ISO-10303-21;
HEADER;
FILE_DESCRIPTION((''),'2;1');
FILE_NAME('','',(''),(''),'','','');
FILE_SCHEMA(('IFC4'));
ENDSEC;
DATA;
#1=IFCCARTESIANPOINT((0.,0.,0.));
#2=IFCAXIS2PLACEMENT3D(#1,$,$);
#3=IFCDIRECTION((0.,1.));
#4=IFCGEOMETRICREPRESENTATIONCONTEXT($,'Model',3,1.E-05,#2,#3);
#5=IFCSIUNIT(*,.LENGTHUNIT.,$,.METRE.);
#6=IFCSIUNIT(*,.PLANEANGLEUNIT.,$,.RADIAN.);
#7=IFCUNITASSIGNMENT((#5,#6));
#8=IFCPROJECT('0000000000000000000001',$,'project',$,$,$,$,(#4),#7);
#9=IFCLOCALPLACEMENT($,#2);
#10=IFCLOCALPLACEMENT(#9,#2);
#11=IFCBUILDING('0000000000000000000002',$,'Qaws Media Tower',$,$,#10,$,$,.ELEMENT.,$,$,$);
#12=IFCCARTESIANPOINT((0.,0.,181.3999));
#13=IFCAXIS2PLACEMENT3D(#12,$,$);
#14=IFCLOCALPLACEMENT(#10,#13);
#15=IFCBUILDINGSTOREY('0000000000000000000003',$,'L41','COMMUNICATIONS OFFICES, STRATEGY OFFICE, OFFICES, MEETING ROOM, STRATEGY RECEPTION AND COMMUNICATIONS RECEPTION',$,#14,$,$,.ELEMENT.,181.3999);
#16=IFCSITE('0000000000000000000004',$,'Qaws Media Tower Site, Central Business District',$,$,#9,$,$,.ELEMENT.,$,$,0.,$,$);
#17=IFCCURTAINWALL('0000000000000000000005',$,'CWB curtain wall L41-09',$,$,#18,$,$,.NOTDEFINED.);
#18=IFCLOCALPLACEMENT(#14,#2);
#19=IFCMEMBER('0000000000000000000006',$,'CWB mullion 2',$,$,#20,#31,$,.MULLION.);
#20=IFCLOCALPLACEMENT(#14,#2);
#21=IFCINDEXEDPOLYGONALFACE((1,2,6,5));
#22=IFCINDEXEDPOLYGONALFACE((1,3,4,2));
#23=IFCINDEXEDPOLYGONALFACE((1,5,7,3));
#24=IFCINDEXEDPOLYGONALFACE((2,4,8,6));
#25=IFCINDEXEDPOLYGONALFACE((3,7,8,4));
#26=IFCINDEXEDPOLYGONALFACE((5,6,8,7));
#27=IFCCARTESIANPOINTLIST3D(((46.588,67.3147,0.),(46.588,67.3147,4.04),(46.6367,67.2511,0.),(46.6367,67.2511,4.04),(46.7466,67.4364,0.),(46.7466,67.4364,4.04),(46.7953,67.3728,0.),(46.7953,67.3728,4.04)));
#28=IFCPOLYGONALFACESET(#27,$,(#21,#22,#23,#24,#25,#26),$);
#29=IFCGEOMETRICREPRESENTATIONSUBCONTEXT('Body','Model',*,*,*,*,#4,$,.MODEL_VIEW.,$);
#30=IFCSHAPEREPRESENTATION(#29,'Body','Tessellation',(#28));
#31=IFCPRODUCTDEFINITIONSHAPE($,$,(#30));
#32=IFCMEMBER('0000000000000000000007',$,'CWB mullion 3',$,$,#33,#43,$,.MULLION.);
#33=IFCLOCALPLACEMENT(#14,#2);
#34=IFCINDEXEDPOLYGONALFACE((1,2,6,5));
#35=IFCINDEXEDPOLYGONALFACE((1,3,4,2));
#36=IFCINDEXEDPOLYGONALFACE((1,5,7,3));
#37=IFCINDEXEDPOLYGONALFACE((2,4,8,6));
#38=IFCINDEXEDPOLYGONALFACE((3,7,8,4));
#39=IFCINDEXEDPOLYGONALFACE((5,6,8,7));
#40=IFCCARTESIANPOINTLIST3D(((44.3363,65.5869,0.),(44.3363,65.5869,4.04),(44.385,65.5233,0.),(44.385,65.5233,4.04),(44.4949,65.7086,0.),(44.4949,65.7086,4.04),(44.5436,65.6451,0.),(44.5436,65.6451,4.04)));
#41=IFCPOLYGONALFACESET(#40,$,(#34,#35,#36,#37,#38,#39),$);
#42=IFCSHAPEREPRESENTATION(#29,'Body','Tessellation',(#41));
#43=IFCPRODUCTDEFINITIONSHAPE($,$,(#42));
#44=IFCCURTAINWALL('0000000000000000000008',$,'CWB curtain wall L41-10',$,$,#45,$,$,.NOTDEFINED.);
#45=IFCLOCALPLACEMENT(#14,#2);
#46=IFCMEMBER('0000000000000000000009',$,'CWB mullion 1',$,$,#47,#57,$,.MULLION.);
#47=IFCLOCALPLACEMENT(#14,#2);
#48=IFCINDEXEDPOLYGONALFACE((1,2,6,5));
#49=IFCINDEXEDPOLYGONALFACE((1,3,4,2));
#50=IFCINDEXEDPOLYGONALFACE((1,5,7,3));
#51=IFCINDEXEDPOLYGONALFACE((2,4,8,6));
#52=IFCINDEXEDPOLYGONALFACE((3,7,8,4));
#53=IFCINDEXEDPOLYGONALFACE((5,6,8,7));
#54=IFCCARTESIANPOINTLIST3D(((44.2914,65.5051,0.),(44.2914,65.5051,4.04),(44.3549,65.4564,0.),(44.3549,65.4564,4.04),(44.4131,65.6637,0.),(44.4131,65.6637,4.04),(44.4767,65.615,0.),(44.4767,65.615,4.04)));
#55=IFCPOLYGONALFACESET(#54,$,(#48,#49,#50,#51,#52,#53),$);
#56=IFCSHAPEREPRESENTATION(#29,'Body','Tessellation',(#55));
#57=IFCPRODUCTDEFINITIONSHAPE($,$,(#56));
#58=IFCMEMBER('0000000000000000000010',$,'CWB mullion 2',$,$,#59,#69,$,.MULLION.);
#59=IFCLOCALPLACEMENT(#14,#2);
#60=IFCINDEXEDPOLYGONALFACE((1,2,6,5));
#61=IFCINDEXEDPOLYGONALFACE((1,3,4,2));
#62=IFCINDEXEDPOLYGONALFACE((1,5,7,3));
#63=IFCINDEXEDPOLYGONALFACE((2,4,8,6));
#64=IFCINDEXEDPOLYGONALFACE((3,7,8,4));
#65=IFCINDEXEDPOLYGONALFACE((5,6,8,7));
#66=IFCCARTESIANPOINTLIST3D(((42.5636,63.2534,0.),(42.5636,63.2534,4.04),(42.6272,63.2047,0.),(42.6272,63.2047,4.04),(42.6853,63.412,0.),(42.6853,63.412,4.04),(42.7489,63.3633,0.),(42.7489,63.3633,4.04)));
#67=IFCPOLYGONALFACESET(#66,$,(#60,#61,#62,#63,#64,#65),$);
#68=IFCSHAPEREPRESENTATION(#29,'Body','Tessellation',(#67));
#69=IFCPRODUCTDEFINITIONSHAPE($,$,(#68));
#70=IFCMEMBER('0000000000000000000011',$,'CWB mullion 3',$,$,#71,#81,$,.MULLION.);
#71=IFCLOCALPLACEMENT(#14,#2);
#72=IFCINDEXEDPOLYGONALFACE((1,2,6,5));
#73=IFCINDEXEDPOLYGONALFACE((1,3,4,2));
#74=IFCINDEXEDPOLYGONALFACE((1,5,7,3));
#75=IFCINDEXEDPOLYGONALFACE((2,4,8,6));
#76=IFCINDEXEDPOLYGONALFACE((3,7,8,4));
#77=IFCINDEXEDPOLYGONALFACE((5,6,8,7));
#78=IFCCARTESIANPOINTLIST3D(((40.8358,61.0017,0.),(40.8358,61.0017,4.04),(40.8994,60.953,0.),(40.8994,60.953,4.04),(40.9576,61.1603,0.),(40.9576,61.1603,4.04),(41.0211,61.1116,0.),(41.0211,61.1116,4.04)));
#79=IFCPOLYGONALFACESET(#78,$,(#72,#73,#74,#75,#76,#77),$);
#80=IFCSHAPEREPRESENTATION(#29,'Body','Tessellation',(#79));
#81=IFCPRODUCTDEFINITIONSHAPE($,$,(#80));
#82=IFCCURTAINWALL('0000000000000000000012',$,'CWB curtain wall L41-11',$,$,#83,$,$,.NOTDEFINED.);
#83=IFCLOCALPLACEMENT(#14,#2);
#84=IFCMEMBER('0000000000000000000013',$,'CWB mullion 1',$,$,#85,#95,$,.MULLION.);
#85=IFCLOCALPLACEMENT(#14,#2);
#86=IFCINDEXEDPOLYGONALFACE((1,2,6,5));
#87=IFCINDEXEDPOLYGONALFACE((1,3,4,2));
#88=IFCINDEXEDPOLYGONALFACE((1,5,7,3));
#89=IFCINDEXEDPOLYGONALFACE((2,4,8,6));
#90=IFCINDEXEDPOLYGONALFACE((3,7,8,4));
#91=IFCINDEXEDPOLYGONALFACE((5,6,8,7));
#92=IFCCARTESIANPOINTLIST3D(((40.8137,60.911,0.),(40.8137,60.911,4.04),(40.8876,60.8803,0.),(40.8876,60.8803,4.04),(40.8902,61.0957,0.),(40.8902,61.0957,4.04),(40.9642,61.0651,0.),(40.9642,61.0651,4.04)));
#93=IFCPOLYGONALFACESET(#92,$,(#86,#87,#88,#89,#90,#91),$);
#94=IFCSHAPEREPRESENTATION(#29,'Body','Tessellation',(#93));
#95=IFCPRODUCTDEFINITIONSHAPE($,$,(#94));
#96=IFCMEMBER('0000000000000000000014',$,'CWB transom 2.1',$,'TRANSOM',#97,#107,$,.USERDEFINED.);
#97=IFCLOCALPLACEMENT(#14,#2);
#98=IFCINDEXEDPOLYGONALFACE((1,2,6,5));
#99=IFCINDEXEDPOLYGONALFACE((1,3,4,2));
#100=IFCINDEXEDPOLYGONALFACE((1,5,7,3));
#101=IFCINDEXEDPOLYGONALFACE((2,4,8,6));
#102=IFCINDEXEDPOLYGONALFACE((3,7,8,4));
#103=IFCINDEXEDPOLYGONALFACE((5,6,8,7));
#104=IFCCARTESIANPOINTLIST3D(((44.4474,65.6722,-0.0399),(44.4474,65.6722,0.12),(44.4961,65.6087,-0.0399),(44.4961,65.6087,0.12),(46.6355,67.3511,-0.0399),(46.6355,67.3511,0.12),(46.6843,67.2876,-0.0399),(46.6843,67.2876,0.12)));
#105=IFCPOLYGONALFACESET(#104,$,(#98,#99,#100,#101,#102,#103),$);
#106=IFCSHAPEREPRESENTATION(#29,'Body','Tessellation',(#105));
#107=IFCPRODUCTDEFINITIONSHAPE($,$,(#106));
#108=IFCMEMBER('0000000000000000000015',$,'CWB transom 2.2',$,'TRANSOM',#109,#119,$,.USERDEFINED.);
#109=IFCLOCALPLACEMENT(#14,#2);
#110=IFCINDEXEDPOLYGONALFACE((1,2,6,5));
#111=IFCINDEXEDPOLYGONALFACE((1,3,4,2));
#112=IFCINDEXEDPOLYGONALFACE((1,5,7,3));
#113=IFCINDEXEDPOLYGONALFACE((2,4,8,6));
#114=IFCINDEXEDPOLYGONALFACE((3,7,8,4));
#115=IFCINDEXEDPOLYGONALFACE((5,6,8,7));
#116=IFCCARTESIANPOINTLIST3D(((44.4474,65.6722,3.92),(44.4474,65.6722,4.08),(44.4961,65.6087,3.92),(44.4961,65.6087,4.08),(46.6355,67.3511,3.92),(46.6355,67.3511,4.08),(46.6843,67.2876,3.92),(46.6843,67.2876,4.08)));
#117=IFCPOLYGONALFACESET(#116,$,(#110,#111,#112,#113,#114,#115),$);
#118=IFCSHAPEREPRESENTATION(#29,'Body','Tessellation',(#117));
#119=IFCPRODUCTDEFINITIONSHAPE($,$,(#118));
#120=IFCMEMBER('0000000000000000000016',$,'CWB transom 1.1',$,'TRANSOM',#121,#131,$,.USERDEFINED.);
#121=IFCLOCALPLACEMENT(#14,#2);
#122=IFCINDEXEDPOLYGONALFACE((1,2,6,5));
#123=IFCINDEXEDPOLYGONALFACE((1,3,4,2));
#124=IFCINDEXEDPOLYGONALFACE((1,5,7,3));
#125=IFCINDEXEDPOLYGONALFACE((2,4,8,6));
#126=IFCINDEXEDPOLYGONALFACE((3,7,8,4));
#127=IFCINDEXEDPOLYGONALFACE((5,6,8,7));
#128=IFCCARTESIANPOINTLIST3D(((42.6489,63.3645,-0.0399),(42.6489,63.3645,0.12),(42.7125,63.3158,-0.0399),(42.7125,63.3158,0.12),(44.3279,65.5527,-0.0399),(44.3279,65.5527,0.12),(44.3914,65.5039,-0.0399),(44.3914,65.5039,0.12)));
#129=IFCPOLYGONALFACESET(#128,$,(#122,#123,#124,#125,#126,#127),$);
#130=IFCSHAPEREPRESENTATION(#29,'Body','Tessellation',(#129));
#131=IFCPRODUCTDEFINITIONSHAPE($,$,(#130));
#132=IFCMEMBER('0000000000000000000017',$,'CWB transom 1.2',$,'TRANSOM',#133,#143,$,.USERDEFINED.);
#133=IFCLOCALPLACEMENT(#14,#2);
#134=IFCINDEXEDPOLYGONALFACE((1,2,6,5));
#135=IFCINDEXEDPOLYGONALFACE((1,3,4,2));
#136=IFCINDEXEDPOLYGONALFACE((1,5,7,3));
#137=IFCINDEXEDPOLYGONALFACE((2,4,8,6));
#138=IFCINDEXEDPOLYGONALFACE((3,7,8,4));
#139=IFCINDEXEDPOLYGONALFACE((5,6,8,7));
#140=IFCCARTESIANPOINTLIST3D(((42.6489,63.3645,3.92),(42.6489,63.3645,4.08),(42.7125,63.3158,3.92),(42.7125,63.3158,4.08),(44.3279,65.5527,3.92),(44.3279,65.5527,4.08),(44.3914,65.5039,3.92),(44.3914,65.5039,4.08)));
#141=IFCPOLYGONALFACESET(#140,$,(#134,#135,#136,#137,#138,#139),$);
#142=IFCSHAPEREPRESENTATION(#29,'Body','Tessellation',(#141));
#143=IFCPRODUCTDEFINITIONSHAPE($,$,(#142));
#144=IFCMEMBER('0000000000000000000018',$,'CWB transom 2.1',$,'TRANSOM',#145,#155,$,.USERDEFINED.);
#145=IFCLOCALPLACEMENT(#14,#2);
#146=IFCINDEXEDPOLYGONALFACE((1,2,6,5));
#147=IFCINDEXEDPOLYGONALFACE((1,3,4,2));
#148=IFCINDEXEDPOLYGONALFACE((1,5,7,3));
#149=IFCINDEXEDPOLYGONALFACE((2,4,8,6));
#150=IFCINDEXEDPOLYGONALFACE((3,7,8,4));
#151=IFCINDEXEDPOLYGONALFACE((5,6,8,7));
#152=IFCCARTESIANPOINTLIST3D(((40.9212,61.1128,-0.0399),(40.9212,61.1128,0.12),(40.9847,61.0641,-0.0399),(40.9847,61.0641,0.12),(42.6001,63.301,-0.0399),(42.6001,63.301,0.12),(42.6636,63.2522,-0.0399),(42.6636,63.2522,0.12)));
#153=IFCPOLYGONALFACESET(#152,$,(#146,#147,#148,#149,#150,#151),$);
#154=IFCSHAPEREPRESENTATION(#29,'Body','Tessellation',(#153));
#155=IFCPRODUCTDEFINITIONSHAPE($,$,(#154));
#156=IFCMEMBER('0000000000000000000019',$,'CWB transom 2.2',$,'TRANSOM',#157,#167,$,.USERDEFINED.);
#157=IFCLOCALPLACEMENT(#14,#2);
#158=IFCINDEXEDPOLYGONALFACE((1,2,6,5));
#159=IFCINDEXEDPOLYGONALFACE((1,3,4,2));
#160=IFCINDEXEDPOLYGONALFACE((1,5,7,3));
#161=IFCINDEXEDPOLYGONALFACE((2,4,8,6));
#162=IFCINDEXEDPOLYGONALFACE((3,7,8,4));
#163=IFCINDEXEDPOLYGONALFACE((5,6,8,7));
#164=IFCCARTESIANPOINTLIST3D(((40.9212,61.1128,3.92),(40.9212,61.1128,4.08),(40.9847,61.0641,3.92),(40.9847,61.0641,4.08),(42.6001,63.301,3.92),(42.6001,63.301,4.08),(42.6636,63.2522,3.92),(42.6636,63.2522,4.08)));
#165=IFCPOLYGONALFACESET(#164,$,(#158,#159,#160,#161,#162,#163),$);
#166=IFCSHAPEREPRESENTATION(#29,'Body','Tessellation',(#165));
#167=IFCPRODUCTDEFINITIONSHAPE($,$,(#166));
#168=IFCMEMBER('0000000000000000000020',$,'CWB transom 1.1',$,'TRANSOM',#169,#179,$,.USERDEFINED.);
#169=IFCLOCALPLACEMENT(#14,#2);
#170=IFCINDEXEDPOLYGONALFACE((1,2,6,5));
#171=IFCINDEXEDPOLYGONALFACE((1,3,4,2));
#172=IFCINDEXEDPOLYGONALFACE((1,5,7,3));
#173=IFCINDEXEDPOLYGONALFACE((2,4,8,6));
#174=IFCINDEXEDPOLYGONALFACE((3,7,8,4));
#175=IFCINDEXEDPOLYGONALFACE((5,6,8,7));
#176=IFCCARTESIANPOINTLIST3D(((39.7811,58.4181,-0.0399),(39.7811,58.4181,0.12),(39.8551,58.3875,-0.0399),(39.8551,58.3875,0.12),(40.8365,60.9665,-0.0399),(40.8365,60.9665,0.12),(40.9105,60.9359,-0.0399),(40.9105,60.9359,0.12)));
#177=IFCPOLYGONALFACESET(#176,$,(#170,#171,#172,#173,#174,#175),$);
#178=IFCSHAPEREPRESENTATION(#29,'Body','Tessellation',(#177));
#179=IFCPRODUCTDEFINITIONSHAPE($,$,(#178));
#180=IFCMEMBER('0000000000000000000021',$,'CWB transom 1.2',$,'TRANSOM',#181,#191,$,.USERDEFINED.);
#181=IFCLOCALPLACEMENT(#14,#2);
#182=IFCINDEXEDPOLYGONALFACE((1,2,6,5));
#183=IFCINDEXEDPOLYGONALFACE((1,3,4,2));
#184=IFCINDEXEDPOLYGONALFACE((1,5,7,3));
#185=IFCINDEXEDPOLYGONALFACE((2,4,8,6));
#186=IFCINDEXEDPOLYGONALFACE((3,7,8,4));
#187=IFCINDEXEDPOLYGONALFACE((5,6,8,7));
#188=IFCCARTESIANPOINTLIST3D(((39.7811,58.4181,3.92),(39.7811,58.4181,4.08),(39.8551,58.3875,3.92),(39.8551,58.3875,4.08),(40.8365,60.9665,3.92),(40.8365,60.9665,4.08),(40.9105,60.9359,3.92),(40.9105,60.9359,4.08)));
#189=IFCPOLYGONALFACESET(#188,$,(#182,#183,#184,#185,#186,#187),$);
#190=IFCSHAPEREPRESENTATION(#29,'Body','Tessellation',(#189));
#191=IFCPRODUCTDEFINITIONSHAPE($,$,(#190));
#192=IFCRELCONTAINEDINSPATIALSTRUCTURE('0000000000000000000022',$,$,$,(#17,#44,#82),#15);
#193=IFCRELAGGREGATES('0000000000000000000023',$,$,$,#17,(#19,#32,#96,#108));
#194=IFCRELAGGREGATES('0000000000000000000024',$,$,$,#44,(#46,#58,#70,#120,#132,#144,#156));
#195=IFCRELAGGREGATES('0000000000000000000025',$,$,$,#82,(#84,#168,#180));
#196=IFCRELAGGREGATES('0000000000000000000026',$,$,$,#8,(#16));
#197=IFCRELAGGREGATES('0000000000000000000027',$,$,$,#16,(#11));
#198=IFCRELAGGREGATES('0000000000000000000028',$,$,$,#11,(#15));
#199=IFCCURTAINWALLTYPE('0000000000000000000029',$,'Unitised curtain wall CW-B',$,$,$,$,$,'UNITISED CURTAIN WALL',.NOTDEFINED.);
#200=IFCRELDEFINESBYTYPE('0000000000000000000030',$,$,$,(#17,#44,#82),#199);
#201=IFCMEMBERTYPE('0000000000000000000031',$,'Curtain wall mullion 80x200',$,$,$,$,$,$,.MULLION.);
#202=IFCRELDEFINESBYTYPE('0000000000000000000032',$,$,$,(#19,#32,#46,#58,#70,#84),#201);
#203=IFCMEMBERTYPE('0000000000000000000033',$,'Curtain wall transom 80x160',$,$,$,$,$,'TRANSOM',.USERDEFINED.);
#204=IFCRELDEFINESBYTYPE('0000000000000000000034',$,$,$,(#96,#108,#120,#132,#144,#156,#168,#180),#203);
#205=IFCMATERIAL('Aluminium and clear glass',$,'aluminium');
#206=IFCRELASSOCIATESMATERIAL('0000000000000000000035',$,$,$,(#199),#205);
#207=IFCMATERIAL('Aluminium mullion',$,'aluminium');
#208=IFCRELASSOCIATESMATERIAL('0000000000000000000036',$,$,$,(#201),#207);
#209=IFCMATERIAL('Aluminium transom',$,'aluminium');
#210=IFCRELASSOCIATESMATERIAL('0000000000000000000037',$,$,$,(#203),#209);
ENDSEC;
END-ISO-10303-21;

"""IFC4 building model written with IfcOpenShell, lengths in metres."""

from ifc_helpers import new_model, si_unit, direction, frame, origin, origin_2d, place, context, subcontext, project, spatial, rectangle, extrude, material, material_profile, profile_set, type_object, element, aggregate, save


model = new_model("IFC4")

# Units and contexts
model_context = context("Model", 3, precision=1e-05, world=origin(), true_north=direction((0.0, 1.0)))
body_context = subcontext(model_context, "Body", "Model", "MODEL_VIEW")
ifc_project = project(units=[si_unit("LENGTHUNIT", "METRE"), si_unit("PLANEANGLEUNIT", "RADIAN")], contexts=[model_context])

# Site, building, storey
site_placement = place(None, origin())
site = spatial("IfcSite", under=ifc_project, at=site_placement, Name="Qaws Media Tower Site, Central Business District", CompositionType="ELEMENT", RefElevation=0.0)
building_placement = place(site_placement, origin())
building = spatial("IfcBuilding", under=site, at=building_placement, Name="Qaws Media Tower", CompositionType="ELEMENT")
storey_placement = place(building_placement, frame((0.0, 0.0, 181.3999)))
storey = spatial("IfcBuildingStorey", under=building, at=storey_placement, Name="L41", Description="COMMUNICATIONS OFFICES, STRATEGY OFFICE, OFFICES, MEETING ROOM, STRATEGY RECEPTION AND COMMUNICATIONS RECEPTION", CompositionType="ELEMENT", Elevation=181.3999)

# Curtain walls, members
ifc_material_1 = material(Name="Aluminium and clear glass", Category="aluminium")
curtain_wall_type = type_object("IfcCurtainWallType", Name="Unitised curtain wall CW-B", ElementType="UNITISED CURTAIN WALL", PredefinedType="NOTDEFINED", material=ifc_material_1)
curtain_wall_1_placement = place(storey_placement, origin())
curtain_wall_1 = element("IfcCurtainWall", 1, at=curtain_wall_1_placement, inside=storey, type_object=curtain_wall_type, Name="CWB curtain wall L41-09", PredefinedType="NOTDEFINED")
ifc_material_2 = material(Name="Aluminium mullion", Category="aluminium")
ifc_material_profile_1 = material_profile(ifc_material_2, rectangle(XDim=0.0801, YDim=0.2, at=origin_2d()), Name="80x200")
ifc_profile_set_1 = profile_set([ifc_material_profile_1], Name="Aluminium mullion")
member_type_1 = type_object("IfcMemberType", Name="Curtain wall mullion 80x200", PredefinedType="MULLION", material=ifc_profile_set_1)
member_1_placement = place(storey_placement, frame((46.6917, 67.3438, 0.0), z_axis=(0.0, 0.0, 1.0), x_axis=(0.608761, -0.793353, 0.0)))
member_1 = element("IfcMember", 2, at=member_1_placement, type_object=member_type_1, Name="CWB mullion 2", PredefinedType="MULLION", context=body_context, shape_type="SweptSolid", body=[
    extrude(rectangle(XDim=0.0801, YDim=0.2, at=origin_2d()), origin(), (0.0, 0.0, 1.0), 4.04),
])
member_2_placement = place(storey_placement, frame((44.4399, 65.616, 0.0), z_axis=(0.0, 0.0, 1.0), x_axis=(0.608761, -0.793353, 0.0)))
member_2 = element("IfcMember", 3, at=member_2_placement, type_object=member_type_1, Name="CWB mullion 3", PredefinedType="MULLION", context=body_context, shape_type="SweptSolid", body=[
    extrude(rectangle(XDim=0.0801, YDim=0.2, at=origin_2d()), origin(), (0.0, 0.0, 1.0), 4.04),
])
curtain_wall_2_placement = place(storey_placement, origin())
curtain_wall_2 = element("IfcCurtainWall", 4, at=curtain_wall_2_placement, inside=storey, type_object=curtain_wall_type, Name="CWB curtain wall L41-10", PredefinedType="NOTDEFINED")
member_3_placement = place(storey_placement, frame((44.384, 65.5601, 0.0), z_axis=(0.0, 0.0, 1.0), x_axis=(0.793353, -0.608761, 0.0)))
member_3 = element("IfcMember", 5, at=member_3_placement, type_object=member_type_1, Name="CWB mullion 1", PredefinedType="MULLION", context=body_context, shape_type="SweptSolid", body=[
    extrude(rectangle(XDim=0.0801, YDim=0.2, at=origin_2d()), origin(), (0.0, 0.0, 1.0), 4.04),
])
member_4_placement = place(storey_placement, frame((42.6562, 63.3083, 0.0), z_axis=(0.0, 0.0, 1.0), x_axis=(0.793353, -0.608761, 0.0)))
member_4 = element("IfcMember", 6, at=member_4_placement, type_object=member_type_1, Name="CWB mullion 2", PredefinedType="MULLION", context=body_context, shape_type="SweptSolid", body=[
    extrude(rectangle(XDim=0.0801, YDim=0.2, at=origin_2d()), origin(), (0.0, 0.0, 1.0), 4.04),
])
member_5_placement = place(storey_placement, frame((40.9285, 61.0566, 0.0), z_axis=(0.0, 0.0, 1.0), x_axis=(0.793353, -0.608761, 0.0)))
member_5 = element("IfcMember", 7, at=member_5_placement, type_object=member_type_1, Name="CWB mullion 3", PredefinedType="MULLION", context=body_context, shape_type="SweptSolid", body=[
    extrude(rectangle(XDim=0.0801, YDim=0.2, at=origin_2d()), origin(), (0.0, 0.0, 1.0), 4.04),
])

# Curtain wall, member
curtain_wall_3_placement = place(storey_placement, origin())
curtain_wall_3 = element("IfcCurtainWall", 8, at=curtain_wall_3_placement, inside=storey, type_object=curtain_wall_type, Name="CWB curtain wall L41-11", PredefinedType="NOTDEFINED")
member_6_placement = place(storey_placement, frame((40.8889, 60.988, 0.0), z_axis=(0.0, 0.0, 1.0), x_axis=(0.92388, -0.382683, 0.0)))
member_6 = element("IfcMember", 9, at=member_6_placement, type_object=member_type_1, Name="CWB mullion 1", PredefinedType="MULLION", context=body_context, shape_type="SweptSolid", body=[
    extrude(rectangle(XDim=0.0801, YDim=0.2, at=origin_2d()), origin(), (0.0, 0.0, 1.0), 4.04),
])

# Members
ifc_material_3 = material(Name="Aluminium transom", Category="aluminium")
ifc_material_profile_2 = material_profile(ifc_material_3, rectangle(XDim=0.0801, YDim=0.1599, at=origin_2d()), Name="80x160")
ifc_profile_set_2 = profile_set([ifc_material_profile_2], Name="Aluminium transom")
member_type_2 = type_object("IfcMemberType", Name="Curtain wall transom 80x160", ElementType="TRANSOM", PredefinedType="USERDEFINED", material=ifc_profile_set_2)
member_7_placement = place(storey_placement, frame((46.6599, 67.3193, 0.04), z_axis=(-0.793377, -0.608731, 0.0), x_axis=(0.608731, -0.793377, 0.0)))
member_7 = element("IfcMember", 10, at=member_7_placement, type_object=member_type_2, Name="CWB transom 2.1", ObjectType="TRANSOM", PredefinedType="USERDEFINED", context=body_context, shape_type="SweptSolid", body=[
    extrude(rectangle(XDim=0.0801, YDim=0.1599, at=origin_2d()), origin(), (0.0, 0.0, 1.0), 2.7581),
])
member_8_placement = place(storey_placement, frame((46.6599, 67.3193, 4.0), z_axis=(-0.793377, -0.608731, 0.0), x_axis=(0.608731, -0.793377, 0.0)))
member_8 = element("IfcMember", 11, at=member_8_placement, type_object=member_type_2, Name="CWB transom 2.2", ObjectType="TRANSOM", PredefinedType="USERDEFINED", context=body_context, shape_type="SweptSolid", body=[
    extrude(rectangle(XDim=0.0801, YDim=0.1599, at=origin_2d()), origin(), (0.0, 0.0, 1.0), 2.7581),
])
member_9_placement = place(storey_placement, frame((44.3596, 65.5283, 0.04), z_axis=(-0.608731, -0.793377, 0.0), x_axis=(0.793377, -0.608731, 0.0)))
member_9 = element("IfcMember", 12, at=member_9_placement, type_object=member_type_2, Name="CWB transom 1.1", ObjectType="TRANSOM", PredefinedType="USERDEFINED", context=body_context, shape_type="SweptSolid", body=[
    extrude(rectangle(XDim=0.0801, YDim=0.1599, at=origin_2d()), origin(), (0.0, 0.0, 1.0), 2.7581),
])
member_10_placement = place(storey_placement, frame((44.3596, 65.5283, 4.0), z_axis=(-0.608731, -0.793377, 0.0), x_axis=(0.793377, -0.608731, 0.0)))
member_10 = element("IfcMember", 13, at=member_10_placement, type_object=member_type_2, Name="CWB transom 1.2", ObjectType="TRANSOM", PredefinedType="USERDEFINED", context=body_context, shape_type="SweptSolid", body=[
    extrude(rectangle(XDim=0.0801, YDim=0.1599, at=origin_2d()), origin(), (0.0, 0.0, 1.0), 2.7581),
])
member_11_placement = place(storey_placement, frame((42.6318, 63.2766, 0.04), z_axis=(-0.608731, -0.793377, 0.0), x_axis=(0.793377, -0.608731, 0.0)))
member_11 = element("IfcMember", 14, at=member_11_placement, type_object=member_type_2, Name="CWB transom 2.1", ObjectType="TRANSOM", PredefinedType="USERDEFINED", context=body_context, shape_type="SweptSolid", body=[
    extrude(rectangle(XDim=0.0801, YDim=0.1599, at=origin_2d()), origin(), (0.0, 0.0, 1.0), 2.7581),
])
member_12_placement = place(storey_placement, frame((42.6318, 63.2766, 4.0), z_axis=(-0.608731, -0.793377, 0.0), x_axis=(0.793377, -0.608731, 0.0)))
member_12 = element("IfcMember", 15, at=member_12_placement, type_object=member_type_2, Name="CWB transom 2.2", ObjectType="TRANSOM", PredefinedType="USERDEFINED", context=body_context, shape_type="SweptSolid", body=[
    extrude(rectangle(XDim=0.0801, YDim=0.1599, at=origin_2d()), origin(), (0.0, 0.0, 1.0), 2.7581),
])
member_13_placement = place(storey_placement, frame((40.8735, 60.9512, 0.04), z_axis=(-0.382641, -0.923897, 0.0), x_axis=(0.923897, -0.382641, 0.0)))
member_13 = element("IfcMember", 16, at=member_13_placement, type_object=member_type_2, Name="CWB transom 1.1", ObjectType="TRANSOM", PredefinedType="USERDEFINED", context=body_context, shape_type="SweptSolid", body=[
    extrude(rectangle(XDim=0.0801, YDim=0.1599, at=origin_2d()), origin(), (0.0, 0.0, 1.0), 2.7583),
])
member_14_placement = place(storey_placement, frame((40.8735, 60.9512, 4.0), z_axis=(-0.382641, -0.923897, 0.0), x_axis=(0.923897, -0.382641, 0.0)))
member_14 = element("IfcMember", 17, at=member_14_placement, type_object=member_type_2, Name="CWB transom 1.2", ObjectType="TRANSOM", PredefinedType="USERDEFINED", context=body_context, shape_type="SweptSolid", body=[
    extrude(rectangle(XDim=0.0801, YDim=0.1599, at=origin_2d()), origin(), (0.0, 0.0, 1.0), 2.7583),
])

aggregate(curtain_wall_1, [member_1, member_2, member_7, member_8])
aggregate(curtain_wall_2, [member_3, member_4, member_5, member_9, member_10, member_11, member_12])
aggregate(curtain_wall_3, [member_6, member_13, member_14])

save(model, "model.ifc")
